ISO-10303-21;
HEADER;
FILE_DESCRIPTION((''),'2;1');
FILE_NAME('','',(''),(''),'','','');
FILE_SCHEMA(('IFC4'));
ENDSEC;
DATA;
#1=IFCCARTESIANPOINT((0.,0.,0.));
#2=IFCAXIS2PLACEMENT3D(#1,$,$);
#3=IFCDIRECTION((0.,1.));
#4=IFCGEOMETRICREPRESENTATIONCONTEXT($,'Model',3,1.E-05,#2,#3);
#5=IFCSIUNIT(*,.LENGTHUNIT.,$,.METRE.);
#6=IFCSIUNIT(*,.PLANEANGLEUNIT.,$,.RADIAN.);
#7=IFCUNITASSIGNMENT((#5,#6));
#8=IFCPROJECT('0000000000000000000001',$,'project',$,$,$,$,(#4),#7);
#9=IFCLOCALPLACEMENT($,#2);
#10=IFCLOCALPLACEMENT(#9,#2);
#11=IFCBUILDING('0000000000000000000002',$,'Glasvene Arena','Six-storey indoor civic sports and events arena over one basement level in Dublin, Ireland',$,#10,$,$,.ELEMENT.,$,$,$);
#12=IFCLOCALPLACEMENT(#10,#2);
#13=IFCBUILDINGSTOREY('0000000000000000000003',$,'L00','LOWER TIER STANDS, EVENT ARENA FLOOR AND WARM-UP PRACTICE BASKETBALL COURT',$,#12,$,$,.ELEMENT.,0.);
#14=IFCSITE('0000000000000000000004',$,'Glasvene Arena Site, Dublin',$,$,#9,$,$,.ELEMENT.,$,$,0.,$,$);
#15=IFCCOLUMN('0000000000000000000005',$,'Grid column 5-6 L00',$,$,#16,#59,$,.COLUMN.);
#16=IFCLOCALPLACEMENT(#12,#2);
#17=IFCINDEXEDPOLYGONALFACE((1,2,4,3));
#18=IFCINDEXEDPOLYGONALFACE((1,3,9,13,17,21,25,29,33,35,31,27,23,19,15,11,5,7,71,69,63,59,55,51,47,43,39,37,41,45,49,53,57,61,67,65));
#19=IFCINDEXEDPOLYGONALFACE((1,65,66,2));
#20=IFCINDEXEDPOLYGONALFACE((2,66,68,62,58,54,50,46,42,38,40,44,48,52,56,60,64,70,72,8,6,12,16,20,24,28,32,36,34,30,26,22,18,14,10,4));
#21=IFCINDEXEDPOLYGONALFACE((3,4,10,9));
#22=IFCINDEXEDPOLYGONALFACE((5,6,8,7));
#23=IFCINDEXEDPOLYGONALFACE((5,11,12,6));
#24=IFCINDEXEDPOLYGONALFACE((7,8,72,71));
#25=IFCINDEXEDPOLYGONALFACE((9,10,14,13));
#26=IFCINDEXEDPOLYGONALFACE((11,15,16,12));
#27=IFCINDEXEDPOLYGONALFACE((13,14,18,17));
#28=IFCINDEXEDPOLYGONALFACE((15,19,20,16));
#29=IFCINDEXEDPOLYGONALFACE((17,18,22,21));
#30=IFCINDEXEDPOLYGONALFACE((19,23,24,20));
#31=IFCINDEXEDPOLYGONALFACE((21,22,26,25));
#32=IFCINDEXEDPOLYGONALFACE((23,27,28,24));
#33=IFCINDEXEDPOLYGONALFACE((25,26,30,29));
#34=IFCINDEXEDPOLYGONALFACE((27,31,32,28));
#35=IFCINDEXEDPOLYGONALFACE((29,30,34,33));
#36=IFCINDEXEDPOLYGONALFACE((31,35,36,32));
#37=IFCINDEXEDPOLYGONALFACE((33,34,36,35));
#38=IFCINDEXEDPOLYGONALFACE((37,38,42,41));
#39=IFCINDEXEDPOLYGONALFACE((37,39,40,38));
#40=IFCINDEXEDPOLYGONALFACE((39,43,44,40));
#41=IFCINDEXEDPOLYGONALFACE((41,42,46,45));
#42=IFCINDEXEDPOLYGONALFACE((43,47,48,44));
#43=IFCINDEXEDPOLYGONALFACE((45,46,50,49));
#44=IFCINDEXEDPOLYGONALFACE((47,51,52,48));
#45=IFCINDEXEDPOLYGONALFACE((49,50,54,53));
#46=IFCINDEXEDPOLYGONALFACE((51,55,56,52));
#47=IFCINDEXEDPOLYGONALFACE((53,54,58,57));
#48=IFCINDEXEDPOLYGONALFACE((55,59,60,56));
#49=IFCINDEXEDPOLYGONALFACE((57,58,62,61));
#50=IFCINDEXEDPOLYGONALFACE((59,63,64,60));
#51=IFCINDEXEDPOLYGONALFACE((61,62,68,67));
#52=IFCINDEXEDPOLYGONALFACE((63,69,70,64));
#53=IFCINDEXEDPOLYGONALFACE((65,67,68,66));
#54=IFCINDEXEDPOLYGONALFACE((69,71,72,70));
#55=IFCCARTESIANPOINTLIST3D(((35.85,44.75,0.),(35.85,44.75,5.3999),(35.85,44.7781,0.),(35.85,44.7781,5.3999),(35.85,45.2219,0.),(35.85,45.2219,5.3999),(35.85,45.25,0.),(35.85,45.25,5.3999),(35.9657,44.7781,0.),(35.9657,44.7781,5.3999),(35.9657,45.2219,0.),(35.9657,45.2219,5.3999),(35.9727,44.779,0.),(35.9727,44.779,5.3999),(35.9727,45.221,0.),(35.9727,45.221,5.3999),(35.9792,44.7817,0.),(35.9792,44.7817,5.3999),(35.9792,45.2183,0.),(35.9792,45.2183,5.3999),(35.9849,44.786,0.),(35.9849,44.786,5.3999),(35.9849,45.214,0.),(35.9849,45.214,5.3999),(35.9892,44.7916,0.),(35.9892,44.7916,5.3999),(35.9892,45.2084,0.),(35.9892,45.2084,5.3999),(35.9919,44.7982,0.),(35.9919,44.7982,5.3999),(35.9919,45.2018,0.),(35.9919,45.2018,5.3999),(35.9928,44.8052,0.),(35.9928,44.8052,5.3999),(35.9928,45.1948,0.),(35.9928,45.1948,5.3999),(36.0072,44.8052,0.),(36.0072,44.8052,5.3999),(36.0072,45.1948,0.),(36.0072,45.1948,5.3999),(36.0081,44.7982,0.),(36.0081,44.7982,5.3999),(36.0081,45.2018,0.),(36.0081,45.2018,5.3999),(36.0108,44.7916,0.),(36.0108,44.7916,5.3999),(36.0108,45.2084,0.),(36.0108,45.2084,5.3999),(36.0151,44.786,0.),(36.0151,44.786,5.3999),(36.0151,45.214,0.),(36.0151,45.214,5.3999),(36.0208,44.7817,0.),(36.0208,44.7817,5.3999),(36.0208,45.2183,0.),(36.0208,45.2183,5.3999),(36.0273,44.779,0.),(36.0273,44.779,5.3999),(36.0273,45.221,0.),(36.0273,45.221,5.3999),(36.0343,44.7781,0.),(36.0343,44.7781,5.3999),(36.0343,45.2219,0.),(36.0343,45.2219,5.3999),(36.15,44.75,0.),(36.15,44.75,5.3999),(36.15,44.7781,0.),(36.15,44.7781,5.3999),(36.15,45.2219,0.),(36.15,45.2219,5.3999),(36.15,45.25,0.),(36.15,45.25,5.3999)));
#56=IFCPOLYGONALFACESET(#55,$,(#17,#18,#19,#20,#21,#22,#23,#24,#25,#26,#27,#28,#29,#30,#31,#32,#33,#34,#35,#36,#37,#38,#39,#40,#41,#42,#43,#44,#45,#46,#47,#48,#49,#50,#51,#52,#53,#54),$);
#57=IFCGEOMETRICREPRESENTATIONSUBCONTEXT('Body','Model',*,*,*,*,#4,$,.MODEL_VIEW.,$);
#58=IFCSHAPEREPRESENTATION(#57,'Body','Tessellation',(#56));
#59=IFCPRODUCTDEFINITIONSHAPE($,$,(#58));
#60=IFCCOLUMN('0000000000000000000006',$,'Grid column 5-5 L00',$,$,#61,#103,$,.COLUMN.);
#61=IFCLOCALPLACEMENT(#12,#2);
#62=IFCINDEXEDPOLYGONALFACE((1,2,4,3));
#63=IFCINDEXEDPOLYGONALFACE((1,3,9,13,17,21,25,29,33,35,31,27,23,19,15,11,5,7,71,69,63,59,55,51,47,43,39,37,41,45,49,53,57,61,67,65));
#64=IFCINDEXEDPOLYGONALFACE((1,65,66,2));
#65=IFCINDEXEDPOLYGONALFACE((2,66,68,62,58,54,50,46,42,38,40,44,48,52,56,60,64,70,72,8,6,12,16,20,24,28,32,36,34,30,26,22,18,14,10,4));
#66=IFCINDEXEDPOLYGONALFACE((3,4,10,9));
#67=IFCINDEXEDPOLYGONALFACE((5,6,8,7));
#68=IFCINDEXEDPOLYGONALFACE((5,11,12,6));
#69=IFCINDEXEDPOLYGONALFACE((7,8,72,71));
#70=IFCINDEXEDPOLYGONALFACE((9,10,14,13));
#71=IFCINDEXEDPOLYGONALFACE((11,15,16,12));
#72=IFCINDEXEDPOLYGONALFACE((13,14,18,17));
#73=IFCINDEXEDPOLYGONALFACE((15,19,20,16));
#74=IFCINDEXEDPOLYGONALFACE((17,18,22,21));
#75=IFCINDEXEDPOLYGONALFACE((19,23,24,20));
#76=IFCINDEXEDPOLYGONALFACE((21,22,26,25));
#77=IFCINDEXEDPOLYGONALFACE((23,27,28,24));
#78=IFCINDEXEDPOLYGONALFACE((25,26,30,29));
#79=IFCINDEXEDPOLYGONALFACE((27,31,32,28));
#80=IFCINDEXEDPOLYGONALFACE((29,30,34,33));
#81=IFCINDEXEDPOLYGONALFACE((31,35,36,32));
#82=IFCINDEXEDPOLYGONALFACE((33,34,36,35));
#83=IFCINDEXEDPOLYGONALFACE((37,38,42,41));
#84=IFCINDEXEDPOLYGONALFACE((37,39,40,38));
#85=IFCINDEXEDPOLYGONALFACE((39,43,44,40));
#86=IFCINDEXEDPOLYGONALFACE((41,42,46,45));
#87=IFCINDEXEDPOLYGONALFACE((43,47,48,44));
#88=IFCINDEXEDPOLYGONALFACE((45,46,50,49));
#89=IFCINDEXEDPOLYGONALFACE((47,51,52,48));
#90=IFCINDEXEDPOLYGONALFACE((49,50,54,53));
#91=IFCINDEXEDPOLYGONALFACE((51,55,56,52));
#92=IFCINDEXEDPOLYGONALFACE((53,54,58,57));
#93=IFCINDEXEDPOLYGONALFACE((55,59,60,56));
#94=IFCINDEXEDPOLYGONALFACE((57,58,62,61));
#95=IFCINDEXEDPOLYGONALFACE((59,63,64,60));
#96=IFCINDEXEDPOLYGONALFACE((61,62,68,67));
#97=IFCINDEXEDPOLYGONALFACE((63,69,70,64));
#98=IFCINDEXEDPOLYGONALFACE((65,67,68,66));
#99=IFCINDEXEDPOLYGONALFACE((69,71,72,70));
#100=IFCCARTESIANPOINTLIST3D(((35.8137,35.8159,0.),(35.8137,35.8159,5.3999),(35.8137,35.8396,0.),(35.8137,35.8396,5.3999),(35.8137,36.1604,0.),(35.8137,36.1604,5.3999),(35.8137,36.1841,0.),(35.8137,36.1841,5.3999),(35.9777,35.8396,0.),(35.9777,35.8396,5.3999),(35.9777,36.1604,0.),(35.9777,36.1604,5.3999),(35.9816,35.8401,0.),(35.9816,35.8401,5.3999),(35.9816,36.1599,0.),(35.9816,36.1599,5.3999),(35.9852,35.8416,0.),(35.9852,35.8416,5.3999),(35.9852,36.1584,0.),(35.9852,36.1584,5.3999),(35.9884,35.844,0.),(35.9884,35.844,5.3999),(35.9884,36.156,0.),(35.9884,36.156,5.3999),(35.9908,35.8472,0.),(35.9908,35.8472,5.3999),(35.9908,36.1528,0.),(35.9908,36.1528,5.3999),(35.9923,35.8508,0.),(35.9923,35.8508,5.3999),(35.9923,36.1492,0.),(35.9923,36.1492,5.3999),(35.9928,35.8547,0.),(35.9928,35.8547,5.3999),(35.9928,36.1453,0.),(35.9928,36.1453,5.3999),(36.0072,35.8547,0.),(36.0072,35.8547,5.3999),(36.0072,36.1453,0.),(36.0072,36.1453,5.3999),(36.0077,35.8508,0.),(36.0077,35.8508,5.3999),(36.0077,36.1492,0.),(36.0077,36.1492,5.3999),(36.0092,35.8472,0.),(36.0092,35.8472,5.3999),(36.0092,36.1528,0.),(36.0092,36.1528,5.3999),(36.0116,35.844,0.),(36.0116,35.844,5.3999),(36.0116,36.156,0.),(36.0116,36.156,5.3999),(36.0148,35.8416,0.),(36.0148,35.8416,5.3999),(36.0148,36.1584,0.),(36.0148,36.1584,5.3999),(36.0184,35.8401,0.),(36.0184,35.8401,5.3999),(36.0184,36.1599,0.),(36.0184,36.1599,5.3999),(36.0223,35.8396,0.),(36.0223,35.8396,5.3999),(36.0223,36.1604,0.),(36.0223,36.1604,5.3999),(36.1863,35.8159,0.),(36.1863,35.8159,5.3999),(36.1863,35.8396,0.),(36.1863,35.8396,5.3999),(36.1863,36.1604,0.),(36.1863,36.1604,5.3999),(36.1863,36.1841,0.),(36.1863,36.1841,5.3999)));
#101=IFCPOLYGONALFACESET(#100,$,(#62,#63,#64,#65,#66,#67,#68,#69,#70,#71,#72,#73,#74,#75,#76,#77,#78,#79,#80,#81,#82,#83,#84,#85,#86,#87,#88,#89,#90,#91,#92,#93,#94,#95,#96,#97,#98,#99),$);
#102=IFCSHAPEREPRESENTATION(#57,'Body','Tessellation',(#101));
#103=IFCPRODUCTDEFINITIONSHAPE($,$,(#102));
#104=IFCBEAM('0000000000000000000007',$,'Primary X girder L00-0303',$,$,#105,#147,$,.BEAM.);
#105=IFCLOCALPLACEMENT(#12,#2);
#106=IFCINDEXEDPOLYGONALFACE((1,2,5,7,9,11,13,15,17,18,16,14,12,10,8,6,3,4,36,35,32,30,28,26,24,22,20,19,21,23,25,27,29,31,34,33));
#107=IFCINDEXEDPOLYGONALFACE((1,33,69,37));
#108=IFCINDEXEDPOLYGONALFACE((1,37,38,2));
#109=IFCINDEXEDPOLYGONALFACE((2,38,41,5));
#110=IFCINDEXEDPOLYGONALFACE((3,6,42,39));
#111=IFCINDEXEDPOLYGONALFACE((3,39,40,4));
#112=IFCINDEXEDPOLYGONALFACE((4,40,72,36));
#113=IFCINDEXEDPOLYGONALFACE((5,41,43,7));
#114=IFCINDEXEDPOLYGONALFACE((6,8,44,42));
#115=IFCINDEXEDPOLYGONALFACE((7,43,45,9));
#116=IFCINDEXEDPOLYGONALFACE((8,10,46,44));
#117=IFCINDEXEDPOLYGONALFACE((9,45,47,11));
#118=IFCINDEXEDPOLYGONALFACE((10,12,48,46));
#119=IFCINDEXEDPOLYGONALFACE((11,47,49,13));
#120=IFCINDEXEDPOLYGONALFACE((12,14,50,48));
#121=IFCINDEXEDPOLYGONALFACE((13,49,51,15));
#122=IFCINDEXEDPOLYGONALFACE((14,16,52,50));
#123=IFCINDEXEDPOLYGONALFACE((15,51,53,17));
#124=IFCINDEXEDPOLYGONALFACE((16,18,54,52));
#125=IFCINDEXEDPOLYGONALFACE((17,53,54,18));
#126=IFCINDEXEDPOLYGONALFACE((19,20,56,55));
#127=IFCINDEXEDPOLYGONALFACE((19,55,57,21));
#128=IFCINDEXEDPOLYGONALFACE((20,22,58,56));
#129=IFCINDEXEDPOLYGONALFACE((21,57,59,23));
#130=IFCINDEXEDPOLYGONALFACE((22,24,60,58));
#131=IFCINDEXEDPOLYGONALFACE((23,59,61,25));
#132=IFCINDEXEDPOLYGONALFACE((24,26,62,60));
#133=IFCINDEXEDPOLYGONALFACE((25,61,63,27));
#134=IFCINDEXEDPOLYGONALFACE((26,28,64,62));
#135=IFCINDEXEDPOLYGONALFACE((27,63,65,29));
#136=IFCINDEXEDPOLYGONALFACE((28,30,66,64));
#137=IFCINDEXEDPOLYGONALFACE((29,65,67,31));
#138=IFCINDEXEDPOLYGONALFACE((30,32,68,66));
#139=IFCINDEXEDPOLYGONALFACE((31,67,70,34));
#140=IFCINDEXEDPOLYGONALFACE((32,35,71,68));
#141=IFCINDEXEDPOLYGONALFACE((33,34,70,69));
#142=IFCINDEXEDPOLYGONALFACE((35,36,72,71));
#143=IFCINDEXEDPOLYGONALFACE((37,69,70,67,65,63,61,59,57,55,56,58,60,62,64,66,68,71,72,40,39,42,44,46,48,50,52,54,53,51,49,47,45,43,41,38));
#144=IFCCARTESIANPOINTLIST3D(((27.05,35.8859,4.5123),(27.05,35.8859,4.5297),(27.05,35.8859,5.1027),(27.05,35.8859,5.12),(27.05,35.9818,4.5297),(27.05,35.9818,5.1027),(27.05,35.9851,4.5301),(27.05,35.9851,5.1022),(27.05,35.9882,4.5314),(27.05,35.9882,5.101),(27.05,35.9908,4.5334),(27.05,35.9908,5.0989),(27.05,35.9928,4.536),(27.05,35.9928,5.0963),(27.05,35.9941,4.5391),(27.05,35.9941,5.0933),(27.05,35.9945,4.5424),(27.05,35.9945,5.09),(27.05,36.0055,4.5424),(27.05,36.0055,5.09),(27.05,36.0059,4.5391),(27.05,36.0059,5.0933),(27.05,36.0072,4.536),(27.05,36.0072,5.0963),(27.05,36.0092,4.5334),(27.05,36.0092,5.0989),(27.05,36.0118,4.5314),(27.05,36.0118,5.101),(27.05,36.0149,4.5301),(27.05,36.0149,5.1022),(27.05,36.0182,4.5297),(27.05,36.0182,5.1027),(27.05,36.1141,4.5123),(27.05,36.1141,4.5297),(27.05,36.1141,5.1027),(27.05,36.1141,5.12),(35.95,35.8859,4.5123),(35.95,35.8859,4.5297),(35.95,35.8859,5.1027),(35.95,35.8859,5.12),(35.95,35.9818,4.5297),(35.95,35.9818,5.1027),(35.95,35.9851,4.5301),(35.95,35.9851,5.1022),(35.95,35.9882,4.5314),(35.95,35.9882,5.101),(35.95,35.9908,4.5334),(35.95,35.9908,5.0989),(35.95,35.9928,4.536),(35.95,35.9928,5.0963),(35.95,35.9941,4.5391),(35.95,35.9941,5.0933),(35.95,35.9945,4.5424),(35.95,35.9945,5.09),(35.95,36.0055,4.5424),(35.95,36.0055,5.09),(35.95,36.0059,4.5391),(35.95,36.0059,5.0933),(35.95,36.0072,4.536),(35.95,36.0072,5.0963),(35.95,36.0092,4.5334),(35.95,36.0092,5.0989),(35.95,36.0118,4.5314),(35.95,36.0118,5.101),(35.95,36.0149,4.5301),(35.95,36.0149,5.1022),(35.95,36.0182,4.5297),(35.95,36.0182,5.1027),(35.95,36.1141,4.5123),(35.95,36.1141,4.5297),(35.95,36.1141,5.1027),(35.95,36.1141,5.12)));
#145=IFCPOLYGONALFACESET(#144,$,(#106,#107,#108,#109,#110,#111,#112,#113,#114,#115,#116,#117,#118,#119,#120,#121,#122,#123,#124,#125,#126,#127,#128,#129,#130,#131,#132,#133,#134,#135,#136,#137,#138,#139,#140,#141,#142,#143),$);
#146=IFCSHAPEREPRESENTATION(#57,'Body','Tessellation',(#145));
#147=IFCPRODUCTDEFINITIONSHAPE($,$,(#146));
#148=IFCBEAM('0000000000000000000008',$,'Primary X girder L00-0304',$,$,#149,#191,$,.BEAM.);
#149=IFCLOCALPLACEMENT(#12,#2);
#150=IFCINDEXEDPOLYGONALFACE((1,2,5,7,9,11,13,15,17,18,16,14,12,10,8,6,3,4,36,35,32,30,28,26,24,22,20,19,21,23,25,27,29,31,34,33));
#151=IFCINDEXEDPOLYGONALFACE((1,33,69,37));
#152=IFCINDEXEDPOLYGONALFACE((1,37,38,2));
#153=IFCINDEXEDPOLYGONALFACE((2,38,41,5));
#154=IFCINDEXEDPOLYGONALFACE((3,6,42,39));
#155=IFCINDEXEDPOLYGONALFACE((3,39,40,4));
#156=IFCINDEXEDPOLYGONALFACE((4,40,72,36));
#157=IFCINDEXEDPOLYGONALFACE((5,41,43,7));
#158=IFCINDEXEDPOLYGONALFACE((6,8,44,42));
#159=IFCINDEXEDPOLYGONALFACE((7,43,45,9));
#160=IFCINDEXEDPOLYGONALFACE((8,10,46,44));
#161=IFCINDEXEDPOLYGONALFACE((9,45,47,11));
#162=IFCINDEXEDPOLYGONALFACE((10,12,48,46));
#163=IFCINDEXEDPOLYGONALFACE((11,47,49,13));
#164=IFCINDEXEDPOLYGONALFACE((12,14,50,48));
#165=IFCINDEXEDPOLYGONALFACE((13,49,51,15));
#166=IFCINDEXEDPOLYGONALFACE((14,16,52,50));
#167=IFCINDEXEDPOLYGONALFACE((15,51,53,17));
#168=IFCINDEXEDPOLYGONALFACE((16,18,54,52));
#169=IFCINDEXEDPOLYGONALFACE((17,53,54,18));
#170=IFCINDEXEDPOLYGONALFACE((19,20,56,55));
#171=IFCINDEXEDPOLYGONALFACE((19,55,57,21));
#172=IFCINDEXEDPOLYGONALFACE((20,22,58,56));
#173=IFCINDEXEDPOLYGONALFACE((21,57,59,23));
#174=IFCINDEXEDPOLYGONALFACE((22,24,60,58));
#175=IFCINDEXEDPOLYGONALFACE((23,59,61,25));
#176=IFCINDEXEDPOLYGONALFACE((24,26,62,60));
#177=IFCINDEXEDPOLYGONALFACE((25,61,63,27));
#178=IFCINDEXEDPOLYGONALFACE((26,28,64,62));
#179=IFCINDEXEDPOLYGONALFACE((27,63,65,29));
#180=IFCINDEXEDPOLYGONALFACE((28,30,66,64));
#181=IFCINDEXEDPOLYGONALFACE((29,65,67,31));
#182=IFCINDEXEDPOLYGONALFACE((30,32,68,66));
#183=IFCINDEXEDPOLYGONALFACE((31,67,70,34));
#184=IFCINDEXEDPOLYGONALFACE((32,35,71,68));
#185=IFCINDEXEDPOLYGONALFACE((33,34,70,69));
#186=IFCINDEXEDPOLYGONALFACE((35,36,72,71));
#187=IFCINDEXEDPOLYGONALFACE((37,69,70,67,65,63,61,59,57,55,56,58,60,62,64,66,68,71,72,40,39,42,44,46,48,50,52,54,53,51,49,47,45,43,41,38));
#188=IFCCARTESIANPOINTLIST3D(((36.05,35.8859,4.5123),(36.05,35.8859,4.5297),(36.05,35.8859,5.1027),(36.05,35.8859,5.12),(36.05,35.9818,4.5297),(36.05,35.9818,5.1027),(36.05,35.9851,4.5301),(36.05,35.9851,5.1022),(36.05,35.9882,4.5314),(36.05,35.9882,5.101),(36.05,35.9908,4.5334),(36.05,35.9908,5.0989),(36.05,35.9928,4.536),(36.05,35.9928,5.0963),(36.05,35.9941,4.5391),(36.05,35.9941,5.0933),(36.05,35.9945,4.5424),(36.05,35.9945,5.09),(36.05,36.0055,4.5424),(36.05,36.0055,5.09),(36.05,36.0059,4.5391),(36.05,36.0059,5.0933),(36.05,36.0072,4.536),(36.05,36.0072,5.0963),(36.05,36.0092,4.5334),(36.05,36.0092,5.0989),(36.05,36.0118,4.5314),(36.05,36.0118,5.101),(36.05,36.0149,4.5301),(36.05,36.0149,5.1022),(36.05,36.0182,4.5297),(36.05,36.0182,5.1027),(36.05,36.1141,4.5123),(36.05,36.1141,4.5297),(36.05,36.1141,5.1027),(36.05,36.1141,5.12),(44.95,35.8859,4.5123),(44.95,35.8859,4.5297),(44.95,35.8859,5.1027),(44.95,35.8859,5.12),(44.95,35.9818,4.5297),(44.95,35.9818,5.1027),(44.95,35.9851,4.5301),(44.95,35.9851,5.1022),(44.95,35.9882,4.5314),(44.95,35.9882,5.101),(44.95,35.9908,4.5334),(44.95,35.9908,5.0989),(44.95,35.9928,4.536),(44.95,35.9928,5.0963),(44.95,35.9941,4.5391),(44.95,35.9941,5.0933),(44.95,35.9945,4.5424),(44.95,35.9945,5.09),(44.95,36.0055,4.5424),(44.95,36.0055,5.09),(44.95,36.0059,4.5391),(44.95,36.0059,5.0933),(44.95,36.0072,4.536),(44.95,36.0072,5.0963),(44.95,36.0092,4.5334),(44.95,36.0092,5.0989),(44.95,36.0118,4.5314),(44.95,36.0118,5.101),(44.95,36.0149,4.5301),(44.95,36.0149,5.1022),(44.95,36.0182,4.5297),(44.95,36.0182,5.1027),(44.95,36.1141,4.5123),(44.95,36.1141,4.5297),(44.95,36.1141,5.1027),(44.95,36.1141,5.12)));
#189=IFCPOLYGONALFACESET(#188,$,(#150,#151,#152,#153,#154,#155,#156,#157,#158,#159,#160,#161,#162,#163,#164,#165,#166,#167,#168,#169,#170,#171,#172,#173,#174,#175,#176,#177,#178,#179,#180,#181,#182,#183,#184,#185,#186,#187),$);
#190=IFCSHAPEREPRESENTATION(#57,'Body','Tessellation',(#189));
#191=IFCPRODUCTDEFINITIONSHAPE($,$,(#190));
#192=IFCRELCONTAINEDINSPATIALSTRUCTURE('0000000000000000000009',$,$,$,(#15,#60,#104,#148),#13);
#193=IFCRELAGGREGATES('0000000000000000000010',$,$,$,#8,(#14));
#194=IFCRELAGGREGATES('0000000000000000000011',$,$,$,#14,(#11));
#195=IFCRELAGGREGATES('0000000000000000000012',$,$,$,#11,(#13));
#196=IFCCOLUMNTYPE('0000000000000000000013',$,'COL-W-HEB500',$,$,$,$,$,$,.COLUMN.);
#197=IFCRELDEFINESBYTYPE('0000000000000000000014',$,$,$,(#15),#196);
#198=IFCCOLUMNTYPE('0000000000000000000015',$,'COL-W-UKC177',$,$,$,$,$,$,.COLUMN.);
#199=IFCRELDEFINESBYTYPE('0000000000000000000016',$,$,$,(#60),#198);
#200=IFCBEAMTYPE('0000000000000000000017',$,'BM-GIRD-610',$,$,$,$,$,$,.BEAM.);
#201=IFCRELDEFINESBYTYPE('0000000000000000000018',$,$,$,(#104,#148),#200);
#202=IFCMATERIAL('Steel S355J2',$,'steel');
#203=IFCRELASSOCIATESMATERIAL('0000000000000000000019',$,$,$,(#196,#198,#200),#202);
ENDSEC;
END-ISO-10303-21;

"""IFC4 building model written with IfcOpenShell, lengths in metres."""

from ifc_helpers import new_model, si_unit, direction, frame, origin, origin_2d, place, context, subcontext, project, spatial, i_section, extrude, material, material_profile, profile_set, type_object, element, save


model = new_model("IFC4")

# Units and contexts
model_context = context("Model", 3, precision=1e-05, world=origin(), true_north=direction((0.0, 1.0)))
body_context = subcontext(model_context, "Body", "Model", "MODEL_VIEW")
ifc_project = project(units=[si_unit("LENGTHUNIT", "METRE"), si_unit("PLANEANGLEUNIT", "RADIAN")], contexts=[model_context])

# Site, building, storey
site_placement = place(None, origin())
site = spatial("IfcSite", under=ifc_project, at=site_placement, Name="Glasvene Arena Site, Dublin", CompositionType="ELEMENT", RefElevation=0.0)
building_placement = place(site_placement, origin())
building = spatial("IfcBuilding", under=site, at=building_placement, Name="Glasvene Arena", Description="Six-storey indoor civic sports and events arena over one basement level in Dublin, Ireland", CompositionType="ELEMENT")
storey_placement = place(building_placement, origin())
storey = spatial("IfcBuildingStorey", under=building, at=storey_placement, Name="L00", Description="LOWER TIER STANDS, EVENT ARENA FLOOR AND WARM-UP PRACTICE BASKETBALL COURT", CompositionType="ELEMENT", Elevation=0.0)

# Columns
ifc_material_1 = material(Name="Steel S355J2", Category="steel")
ifc_material_profile_1 = material_profile(ifc_material_1, i_section(OverallWidth=0.3, OverallDepth=0.5, WebThickness=0.0144, FlangeThickness=0.0281, FilletRadius=0.0271, at=origin_2d()), Name="HEB 500")
ifc_profile_set_1 = profile_set([ifc_material_profile_1], Name="Steel S355J2")
column_type_1 = type_object("IfcColumnType", Name="COL-W-HEB500", PredefinedType="COLUMN", material=ifc_profile_set_1)
column_1_placement = place(storey_placement, frame((36.0, 45.0, 0.0), z_axis=(0.0, 0.0, 1.0), x_axis=(1.0, 0.0, 0.0)))
element("IfcColumn", 1, at=column_1_placement, inside=storey, type_object=column_type_1, Name="Grid column 5-6 L00", PredefinedType="COLUMN", context=body_context, shape_type="SweptSolid", body=[
    extrude(i_section(OverallWidth=0.3, OverallDepth=0.5, WebThickness=0.0144, FlangeThickness=0.0281, FilletRadius=0.0271, at=origin_2d()), origin(), (0.0, 0.0, 1.0), 5.3999),
])
ifc_material_profile_2 = material_profile(ifc_material_1, i_section(OverallWidth=0.3726, OverallDepth=0.3682, WebThickness=0.0144, FlangeThickness=0.0237, FilletRadius=0.0151, at=origin_2d()), Name="UKC 356x368x177")
ifc_profile_set_2 = profile_set([ifc_material_profile_2], Name="Steel S355J2")
column_type_2 = type_object("IfcColumnType", Name="COL-W-UKC177", PredefinedType="COLUMN", material=ifc_profile_set_2)
column_2_placement = place(storey_placement, frame((36.0, 36.0, 0.0), z_axis=(0.0, 0.0, 1.0), x_axis=(1.0, 0.0, 0.0)))
element("IfcColumn", 2, at=column_2_placement, inside=storey, type_object=column_type_2, Name="Grid column 5-5 L00", PredefinedType="COLUMN", context=body_context, shape_type="SweptSolid", body=[
    extrude(i_section(OverallWidth=0.3726, OverallDepth=0.3682, WebThickness=0.0144, FlangeThickness=0.0237, FilletRadius=0.0151, at=origin_2d()), origin(), (0.0, 0.0, 1.0), 5.3999),
])

# Beams
ifc_material_profile_3 = material_profile(ifc_material_1, i_section(OverallWidth=0.2283, OverallDepth=0.6077, WebThickness=0.011, FlangeThickness=0.0173, FilletRadius=0.0127, at=origin_2d()), Name="UKB 610x229x113")
ifc_profile_set_3 = profile_set([ifc_material_profile_3], Name="Steel S355J2")
beam_type_1 = type_object("IfcBeamType", Name="BM-GIRD-610", PredefinedType="BEAM", material=ifc_profile_set_3)
for number, where, z_axis, x_axis, name in (
    (3, (27.05, 36.0, 4.8162), (1.0, 0.0, 0.0), (0.0, 1.0, 0.0), "Primary X girder L00-0303"),
    (4, (36.05, 36.0, 4.8162), (1.0, 0.0, 0.0), (0.0, 1.0, 0.0), "Primary X girder L00-0304"),
):
    element("IfcBeam", number, at=place(storey_placement, frame(where, z_axis=z_axis, x_axis=x_axis)), inside=storey, type_object=beam_type_1, Name=name, PredefinedType="BEAM", context=body_context, shape_type="SweptSolid", body=[
        extrude(i_section(OverallWidth=0.2283, OverallDepth=0.6077, WebThickness=0.011, FlangeThickness=0.0173, FilletRadius=0.0127, at=origin_2d()), origin(), (0.0, 0.0, 1.0), 8.8999),
    ])

save(model, "model.ifc")
